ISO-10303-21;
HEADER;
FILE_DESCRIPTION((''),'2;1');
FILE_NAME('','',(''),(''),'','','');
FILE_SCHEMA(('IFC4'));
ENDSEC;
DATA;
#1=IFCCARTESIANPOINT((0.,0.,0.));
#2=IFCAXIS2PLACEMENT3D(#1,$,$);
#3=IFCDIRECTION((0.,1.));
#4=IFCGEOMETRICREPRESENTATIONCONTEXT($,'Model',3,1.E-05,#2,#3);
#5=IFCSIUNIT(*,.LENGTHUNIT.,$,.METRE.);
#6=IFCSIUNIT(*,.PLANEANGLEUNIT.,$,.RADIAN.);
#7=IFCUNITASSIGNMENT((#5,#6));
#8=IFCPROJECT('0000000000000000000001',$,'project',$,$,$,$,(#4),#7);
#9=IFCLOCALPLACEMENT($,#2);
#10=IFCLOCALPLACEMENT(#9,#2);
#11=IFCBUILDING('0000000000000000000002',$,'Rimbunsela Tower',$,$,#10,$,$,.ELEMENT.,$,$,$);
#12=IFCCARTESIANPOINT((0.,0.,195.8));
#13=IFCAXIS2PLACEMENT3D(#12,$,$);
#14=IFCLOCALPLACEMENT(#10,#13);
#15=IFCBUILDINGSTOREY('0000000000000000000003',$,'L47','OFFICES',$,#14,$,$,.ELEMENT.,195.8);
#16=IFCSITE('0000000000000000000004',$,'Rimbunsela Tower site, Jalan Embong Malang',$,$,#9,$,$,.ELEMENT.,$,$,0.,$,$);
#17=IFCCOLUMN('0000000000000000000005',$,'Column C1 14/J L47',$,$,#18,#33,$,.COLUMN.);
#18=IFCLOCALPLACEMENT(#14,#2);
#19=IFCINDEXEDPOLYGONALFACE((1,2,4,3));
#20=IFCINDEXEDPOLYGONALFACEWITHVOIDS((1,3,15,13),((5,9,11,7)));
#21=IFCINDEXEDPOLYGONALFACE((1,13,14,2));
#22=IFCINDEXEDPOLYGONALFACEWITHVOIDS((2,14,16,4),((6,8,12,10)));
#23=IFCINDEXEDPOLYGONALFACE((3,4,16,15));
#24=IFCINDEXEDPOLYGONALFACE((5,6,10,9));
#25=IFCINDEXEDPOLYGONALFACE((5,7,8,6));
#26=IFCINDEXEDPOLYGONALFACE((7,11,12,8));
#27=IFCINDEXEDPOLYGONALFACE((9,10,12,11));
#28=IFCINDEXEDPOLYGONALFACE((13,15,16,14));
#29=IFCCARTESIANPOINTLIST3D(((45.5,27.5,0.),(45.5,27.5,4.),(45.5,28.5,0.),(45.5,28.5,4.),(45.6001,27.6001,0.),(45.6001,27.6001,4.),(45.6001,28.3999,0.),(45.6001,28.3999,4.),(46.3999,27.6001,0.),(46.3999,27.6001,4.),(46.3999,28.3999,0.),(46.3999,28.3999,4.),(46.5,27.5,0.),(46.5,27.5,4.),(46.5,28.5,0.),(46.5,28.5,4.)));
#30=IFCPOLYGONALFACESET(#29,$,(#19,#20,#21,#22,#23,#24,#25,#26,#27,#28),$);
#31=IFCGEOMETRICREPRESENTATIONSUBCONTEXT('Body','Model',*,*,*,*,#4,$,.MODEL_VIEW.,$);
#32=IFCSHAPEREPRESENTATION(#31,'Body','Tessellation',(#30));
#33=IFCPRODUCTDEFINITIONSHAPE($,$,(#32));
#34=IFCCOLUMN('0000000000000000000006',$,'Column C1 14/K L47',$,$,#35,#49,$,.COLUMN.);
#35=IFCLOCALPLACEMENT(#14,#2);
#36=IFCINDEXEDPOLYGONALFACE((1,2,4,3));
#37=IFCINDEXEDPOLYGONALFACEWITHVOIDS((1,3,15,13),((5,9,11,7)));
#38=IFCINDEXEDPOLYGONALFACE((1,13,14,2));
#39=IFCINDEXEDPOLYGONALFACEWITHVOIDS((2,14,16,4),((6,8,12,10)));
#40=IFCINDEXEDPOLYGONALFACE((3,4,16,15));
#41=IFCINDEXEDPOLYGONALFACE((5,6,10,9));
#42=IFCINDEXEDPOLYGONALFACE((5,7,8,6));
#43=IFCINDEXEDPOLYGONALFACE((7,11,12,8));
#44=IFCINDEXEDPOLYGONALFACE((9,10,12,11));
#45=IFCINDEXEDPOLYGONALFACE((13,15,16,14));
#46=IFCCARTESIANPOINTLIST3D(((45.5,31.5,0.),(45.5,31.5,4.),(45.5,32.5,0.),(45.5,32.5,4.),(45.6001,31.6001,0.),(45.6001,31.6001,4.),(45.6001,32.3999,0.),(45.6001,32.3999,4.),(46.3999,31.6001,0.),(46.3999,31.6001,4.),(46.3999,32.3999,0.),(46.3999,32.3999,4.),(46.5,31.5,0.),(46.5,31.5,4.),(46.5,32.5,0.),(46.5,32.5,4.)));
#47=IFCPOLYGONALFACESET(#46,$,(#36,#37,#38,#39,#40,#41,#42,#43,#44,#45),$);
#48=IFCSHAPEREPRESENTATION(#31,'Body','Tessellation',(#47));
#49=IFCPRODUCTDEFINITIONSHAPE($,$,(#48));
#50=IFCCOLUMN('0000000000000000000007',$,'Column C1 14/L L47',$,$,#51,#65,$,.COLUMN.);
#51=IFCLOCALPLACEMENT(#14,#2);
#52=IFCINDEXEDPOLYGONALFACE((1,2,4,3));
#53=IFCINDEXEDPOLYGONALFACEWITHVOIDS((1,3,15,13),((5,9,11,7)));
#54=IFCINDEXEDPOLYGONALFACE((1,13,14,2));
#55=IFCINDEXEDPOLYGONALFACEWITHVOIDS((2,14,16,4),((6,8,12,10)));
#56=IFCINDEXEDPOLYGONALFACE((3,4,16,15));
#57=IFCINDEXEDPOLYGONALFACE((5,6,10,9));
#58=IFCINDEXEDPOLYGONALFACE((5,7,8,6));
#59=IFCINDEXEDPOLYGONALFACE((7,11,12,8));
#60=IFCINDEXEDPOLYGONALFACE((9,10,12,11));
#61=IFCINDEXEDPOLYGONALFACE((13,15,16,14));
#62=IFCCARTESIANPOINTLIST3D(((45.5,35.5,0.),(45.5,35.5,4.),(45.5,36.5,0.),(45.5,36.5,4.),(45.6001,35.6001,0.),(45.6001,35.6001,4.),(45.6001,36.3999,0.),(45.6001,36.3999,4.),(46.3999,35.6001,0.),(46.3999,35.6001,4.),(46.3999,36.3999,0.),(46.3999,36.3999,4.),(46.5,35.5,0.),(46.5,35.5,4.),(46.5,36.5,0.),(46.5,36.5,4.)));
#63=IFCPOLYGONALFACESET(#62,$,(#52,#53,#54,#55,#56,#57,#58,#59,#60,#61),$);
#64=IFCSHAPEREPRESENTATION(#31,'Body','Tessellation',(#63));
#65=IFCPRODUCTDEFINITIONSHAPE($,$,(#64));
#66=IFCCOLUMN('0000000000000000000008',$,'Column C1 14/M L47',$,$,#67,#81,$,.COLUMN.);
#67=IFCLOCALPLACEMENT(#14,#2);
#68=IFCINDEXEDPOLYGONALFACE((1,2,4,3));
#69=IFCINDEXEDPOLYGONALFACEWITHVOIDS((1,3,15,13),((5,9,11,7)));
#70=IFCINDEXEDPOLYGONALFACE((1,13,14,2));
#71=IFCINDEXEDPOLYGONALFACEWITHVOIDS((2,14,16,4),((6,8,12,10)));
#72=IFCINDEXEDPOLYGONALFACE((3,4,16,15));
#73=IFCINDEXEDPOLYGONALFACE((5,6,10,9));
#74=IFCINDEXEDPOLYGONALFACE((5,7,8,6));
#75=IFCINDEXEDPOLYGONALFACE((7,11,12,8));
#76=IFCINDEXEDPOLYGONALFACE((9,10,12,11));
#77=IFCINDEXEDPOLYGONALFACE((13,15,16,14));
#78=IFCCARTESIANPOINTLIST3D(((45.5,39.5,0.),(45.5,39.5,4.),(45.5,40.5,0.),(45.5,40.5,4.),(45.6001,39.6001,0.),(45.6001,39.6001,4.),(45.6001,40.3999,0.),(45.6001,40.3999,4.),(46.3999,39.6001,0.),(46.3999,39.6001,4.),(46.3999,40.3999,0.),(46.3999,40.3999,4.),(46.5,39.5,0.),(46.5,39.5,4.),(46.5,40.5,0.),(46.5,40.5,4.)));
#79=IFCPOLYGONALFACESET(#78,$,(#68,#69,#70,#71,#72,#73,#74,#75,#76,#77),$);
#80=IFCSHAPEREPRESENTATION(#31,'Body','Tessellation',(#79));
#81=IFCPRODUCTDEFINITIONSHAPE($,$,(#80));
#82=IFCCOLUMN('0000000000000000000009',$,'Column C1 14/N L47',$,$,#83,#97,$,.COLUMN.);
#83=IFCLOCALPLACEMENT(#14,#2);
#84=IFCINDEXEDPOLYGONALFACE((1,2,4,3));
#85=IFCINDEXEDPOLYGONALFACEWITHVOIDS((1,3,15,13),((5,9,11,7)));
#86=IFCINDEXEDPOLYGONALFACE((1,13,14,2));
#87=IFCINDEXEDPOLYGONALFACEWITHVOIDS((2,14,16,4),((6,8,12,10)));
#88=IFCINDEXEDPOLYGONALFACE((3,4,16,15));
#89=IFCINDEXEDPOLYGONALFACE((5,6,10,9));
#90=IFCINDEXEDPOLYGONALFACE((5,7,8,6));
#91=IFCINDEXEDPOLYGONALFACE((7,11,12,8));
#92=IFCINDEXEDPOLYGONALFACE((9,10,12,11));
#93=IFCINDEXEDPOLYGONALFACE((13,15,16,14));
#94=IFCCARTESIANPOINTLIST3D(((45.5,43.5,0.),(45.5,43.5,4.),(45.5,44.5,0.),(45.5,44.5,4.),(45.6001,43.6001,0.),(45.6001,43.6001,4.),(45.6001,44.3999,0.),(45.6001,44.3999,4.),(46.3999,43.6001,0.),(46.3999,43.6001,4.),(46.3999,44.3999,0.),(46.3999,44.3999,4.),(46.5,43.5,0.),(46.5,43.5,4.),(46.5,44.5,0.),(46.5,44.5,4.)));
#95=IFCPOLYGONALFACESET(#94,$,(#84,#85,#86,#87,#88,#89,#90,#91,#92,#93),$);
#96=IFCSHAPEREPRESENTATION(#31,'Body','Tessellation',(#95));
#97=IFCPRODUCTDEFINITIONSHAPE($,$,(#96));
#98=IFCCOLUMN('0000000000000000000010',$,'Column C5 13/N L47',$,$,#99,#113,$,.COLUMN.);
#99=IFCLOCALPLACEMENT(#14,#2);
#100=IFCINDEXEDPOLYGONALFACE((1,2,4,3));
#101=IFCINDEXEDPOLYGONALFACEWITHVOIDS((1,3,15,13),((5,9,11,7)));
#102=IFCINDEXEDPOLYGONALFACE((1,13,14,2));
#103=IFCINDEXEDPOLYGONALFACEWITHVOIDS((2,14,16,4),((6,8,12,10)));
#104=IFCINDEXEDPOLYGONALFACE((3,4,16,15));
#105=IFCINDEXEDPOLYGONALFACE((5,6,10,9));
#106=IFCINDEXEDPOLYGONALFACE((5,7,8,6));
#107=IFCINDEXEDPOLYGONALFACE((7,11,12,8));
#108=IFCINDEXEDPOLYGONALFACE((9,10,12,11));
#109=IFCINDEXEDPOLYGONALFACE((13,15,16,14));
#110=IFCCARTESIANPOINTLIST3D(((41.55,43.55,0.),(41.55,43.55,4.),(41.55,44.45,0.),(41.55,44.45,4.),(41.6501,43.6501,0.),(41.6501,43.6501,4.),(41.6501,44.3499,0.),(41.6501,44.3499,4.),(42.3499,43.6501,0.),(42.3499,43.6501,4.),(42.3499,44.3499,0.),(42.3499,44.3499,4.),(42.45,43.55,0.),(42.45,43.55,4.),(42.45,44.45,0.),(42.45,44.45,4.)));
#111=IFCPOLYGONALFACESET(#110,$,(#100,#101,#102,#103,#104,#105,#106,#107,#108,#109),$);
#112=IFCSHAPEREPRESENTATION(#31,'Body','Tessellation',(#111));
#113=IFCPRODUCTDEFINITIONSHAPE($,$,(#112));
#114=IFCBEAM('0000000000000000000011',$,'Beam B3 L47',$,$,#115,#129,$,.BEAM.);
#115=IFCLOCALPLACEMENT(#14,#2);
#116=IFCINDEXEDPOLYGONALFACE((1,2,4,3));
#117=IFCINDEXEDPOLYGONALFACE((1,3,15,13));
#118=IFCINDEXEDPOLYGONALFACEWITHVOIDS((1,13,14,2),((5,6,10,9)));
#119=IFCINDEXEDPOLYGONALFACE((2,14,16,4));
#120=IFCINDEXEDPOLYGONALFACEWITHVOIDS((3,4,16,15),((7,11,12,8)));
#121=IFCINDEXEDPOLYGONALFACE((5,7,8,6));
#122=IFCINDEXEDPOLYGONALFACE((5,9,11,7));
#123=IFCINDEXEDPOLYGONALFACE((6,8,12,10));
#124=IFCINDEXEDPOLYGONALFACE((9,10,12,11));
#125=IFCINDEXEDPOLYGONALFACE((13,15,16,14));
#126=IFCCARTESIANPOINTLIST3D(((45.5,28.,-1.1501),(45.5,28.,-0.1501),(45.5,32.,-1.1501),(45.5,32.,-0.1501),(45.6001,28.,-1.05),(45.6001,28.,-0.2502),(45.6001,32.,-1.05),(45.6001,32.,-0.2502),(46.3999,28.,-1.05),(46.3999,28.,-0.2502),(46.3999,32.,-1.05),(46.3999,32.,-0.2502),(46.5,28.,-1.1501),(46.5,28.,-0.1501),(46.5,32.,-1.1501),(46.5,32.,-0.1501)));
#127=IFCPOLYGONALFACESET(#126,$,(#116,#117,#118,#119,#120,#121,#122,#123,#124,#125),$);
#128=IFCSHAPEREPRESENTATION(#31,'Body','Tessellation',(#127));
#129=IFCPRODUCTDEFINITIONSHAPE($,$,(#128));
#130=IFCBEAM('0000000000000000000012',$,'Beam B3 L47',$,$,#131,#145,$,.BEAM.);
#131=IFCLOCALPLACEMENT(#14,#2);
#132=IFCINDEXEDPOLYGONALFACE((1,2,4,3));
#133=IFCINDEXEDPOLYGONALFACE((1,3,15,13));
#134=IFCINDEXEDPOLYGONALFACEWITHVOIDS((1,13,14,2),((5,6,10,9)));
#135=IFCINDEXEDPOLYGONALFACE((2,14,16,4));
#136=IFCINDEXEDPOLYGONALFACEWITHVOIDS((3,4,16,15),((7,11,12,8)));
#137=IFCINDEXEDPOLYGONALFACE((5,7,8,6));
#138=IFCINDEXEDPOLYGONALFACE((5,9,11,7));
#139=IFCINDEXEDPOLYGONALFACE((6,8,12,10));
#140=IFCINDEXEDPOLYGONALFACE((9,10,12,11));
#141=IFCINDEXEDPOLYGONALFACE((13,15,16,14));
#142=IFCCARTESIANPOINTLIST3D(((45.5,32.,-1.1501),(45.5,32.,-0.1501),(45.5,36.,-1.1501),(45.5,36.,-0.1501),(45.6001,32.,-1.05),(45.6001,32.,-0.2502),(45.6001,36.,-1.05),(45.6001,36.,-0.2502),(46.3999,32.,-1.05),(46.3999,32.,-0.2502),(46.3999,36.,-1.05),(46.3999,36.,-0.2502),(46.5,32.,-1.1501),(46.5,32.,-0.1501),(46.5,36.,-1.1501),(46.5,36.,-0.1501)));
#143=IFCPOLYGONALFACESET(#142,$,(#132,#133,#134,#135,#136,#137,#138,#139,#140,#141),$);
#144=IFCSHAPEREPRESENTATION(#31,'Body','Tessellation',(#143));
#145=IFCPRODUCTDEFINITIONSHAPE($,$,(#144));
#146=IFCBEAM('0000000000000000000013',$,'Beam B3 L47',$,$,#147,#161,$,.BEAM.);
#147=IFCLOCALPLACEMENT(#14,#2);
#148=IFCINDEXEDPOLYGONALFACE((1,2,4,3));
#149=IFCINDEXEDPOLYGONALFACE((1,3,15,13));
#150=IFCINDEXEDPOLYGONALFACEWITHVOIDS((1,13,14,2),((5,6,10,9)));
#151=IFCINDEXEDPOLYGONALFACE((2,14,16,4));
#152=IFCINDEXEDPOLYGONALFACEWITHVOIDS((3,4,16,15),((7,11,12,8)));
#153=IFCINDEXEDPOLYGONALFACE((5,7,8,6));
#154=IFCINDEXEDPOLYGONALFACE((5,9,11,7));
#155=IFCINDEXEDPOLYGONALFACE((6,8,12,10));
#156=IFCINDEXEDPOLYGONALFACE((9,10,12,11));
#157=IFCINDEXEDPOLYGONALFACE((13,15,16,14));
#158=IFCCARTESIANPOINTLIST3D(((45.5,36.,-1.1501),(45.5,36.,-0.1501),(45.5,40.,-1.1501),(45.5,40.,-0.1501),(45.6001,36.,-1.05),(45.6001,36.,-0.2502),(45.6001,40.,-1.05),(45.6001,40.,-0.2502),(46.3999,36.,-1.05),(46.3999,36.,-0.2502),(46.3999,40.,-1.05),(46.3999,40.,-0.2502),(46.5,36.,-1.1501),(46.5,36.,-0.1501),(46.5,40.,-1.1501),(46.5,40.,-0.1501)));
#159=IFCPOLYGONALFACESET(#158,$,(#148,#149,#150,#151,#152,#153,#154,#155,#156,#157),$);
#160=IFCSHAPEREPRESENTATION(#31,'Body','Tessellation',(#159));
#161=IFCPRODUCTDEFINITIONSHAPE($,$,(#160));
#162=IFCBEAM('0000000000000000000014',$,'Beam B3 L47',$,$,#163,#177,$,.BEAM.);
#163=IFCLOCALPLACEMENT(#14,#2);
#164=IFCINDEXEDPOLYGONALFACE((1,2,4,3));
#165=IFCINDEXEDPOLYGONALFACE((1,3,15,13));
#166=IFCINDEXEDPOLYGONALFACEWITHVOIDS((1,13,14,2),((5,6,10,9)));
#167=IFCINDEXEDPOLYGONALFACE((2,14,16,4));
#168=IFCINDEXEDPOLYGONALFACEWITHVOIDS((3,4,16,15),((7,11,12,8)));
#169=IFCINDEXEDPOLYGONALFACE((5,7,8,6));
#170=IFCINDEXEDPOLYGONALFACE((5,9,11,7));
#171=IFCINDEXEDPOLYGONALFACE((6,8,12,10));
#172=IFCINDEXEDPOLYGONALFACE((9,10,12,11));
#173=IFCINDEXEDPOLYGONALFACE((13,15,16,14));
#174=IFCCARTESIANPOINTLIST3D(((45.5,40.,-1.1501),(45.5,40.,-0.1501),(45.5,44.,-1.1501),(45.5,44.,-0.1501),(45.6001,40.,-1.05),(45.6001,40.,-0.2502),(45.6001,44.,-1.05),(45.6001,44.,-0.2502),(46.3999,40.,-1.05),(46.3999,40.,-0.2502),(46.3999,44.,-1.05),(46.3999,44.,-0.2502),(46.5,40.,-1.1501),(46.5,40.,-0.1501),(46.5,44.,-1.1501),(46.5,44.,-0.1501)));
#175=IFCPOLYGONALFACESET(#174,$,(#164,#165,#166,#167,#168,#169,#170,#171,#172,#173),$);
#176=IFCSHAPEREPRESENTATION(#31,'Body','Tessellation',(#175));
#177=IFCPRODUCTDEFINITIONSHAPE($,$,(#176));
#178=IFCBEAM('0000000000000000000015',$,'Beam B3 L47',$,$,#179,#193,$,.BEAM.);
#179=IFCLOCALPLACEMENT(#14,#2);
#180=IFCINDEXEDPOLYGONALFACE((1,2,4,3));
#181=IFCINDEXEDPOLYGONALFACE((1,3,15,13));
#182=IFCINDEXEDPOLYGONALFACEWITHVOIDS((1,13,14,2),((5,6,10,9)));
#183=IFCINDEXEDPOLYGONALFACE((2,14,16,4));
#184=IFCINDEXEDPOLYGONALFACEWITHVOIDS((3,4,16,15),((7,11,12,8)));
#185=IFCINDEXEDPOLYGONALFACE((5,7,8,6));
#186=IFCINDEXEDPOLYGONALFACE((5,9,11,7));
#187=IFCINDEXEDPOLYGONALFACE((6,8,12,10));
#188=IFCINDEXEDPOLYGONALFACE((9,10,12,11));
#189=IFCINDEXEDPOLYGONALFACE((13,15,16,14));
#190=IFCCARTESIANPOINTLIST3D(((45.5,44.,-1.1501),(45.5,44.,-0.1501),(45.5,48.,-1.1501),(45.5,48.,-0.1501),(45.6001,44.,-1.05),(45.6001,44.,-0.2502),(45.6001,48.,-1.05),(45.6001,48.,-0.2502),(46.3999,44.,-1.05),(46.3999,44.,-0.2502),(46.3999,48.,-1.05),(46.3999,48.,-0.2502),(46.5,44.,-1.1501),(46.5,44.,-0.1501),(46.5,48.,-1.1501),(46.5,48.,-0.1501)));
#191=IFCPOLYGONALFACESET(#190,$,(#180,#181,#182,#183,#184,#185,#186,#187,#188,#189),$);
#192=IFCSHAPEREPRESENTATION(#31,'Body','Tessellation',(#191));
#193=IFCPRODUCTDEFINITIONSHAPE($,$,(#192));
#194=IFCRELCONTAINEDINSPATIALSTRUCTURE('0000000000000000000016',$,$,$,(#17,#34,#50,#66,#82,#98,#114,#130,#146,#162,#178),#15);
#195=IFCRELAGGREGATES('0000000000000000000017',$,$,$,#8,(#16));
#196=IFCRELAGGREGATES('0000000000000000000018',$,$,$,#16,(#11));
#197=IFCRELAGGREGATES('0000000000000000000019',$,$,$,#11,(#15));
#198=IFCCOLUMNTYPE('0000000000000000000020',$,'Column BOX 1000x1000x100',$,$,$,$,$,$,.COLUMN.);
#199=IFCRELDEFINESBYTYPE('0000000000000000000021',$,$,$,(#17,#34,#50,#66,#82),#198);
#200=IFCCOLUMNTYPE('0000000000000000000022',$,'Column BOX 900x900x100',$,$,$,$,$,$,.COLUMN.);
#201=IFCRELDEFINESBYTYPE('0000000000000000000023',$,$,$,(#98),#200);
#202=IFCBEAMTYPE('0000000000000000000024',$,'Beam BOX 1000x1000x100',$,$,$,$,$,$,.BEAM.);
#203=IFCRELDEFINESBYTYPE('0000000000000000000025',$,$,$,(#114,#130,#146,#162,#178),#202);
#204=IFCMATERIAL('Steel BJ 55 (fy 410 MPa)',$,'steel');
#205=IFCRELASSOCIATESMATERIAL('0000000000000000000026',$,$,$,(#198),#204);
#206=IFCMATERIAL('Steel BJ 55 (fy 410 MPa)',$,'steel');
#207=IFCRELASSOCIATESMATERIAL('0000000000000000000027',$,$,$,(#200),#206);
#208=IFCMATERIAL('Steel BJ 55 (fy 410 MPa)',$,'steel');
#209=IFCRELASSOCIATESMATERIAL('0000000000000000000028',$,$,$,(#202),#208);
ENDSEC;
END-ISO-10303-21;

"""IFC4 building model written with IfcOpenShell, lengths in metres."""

from ifc_helpers import new_model, si_unit, direction, frame, origin, origin_2d, place, context, subcontext, project, spatial, hollow_rectangle, extrude, material, material_profile, profile_set, type_object, element, save


model = new_model("IFC4")

# Units and contexts
model_context = context("Model", 3, precision=1e-05, world=origin(), true_north=direction((0.0, 1.0)))
body_context = subcontext(model_context, "Body", "Model", "MODEL_VIEW")
ifc_project = project(units=[si_unit("LENGTHUNIT", "METRE"), si_unit("PLANEANGLEUNIT", "RADIAN")], contexts=[model_context])

# Site, building, storey
site_placement = place(None, origin())
site = spatial("IfcSite", under=ifc_project, at=site_placement, Name="Rimbunsela Tower site, Jalan Embong Malang", CompositionType="ELEMENT", RefElevation=0.0)
building_placement = place(site_placement, origin())
building = spatial("IfcBuilding", under=site, at=building_placement, Name="Rimbunsela Tower", CompositionType="ELEMENT")
storey_placement = place(building_placement, frame((0.0, 0.0, 195.8)))
storey = spatial("IfcBuildingStorey", under=building, at=storey_placement, Name="L47", Description="OFFICES", CompositionType="ELEMENT", Elevation=195.8)

# Columns
ifc_material_1 = material(Name="Steel BJ 55 (fy 410 MPa)", Category="steel")
ifc_material_profile_1 = material_profile(ifc_material_1, hollow_rectangle(XDim=1.0, YDim=1.0, WallThickness=0.1001, at=origin_2d()), Name="BOX 1000x1000x100")
ifc_profile_set_1 = profile_set([ifc_material_profile_1], Name="Steel BJ 55 (fy 410 MPa)")
column_type_1 = type_object("IfcColumnType", Name="Column BOX 1000x1000x100", PredefinedType="COLUMN", material=ifc_profile_set_1)
for number, where, z_axis, x_axis, name in (
    (1, (46.0, 28.0, 0.0), (0.0, 0.0, 1.0), (1.0, 0.0, 0.0), "Column C1 14/J L47"),
    (2, (46.0, 32.0, 0.0), (0.0, 0.0, 1.0), (1.0, 0.0, 0.0), "Column C1 14/K L47"),
    (3, (46.0, 36.0, 0.0), (0.0, 0.0, 1.0), (1.0, 0.0, 0.0), "Column C1 14/L L47"),
    (4, (46.0, 40.0, 0.0), (0.0, 0.0, 1.0), (1.0, 0.0, 0.0), "Column C1 14/M L47"),
    (5, (46.0, 44.0, 0.0), (0.0, 0.0, 1.0), (1.0, 0.0, 0.0), "Column C1 14/N L47"),
):
    element("IfcColumn", number, at=place(storey_placement, frame(where, z_axis=z_axis, x_axis=x_axis)), inside=storey, type_object=column_type_1, Name=name, PredefinedType="COLUMN", context=body_context, shape_type="SweptSolid", body=[
        extrude(hollow_rectangle(XDim=1.0, YDim=1.0, WallThickness=0.1001, at=origin_2d()), origin(), (0.0, 0.0, 1.0), 4.0),
    ])
ifc_material_2 = material(Name="Steel BJ 55 (fy 410 MPa)", Category="steel")
ifc_material_profile_2 = material_profile(ifc_material_2, hollow_rectangle(XDim=0.8999, YDim=0.8999, WallThickness=0.1001, at=origin_2d()), Name="BOX 900x900x100")
ifc_profile_set_2 = profile_set([ifc_material_profile_2], Name="Steel BJ 55 (fy 410 MPa)")
column_type_2 = type_object("IfcColumnType", Name="Column BOX 900x900x100", PredefinedType="COLUMN", material=ifc_profile_set_2)
column_placement = place(storey_placement, frame((42.0, 44.0, 0.0), z_axis=(0.0, 0.0, 1.0), x_axis=(1.0, 0.0, 0.0)))
element("IfcColumn", 6, at=column_placement, inside=storey, type_object=column_type_2, Name="Column C5 13/N L47", PredefinedType="COLUMN", context=body_context, shape_type="SweptSolid", body=[
    extrude(hollow_rectangle(XDim=0.8999, YDim=0.8999, WallThickness=0.1001, at=origin_2d()), origin(), (0.0, 0.0, 1.0), 4.0),
])

# Beams
ifc_material_3 = material(Name="Steel BJ 55 (fy 410 MPa)", Category="steel")
ifc_material_profile_3 = material_profile(ifc_material_3, hollow_rectangle(XDim=1.0, YDim=1.0, WallThickness=0.1001, at=origin_2d()), Name="BOX 1000x1000x100")
ifc_profile_set_3 = profile_set([ifc_material_profile_3], Name="Steel BJ 55 (fy 410 MPa)")
beam_type_1 = type_object("IfcBeamType", Name="Beam BOX 1000x1000x100", PredefinedType="BEAM", material=ifc_profile_set_3)
for number, where, z_axis, x_axis, name in (
    (7, (46.0, 28.0, -0.6501), (0.0, 1.0, 0.0), (-1.0, 0.0, 0.0), "Beam B3 L47"),
    (8, (46.0, 32.0, -0.6501), (0.0, 1.0, 0.0), (-1.0, 0.0, 0.0), "Beam B3 L47"),
    (9, (46.0, 36.0, -0.6501), (0.0, 1.0, 0.0), (-1.0, 0.0, 0.0), "Beam B3 L47"),
    (10, (46.0, 40.0, -0.6501), (0.0, 1.0, 0.0), (-1.0, 0.0, 0.0), "Beam B3 L47"),
    (11, (46.0, 44.0, -0.6501), (0.0, 1.0, 0.0), (-1.0, 0.0, 0.0), "Beam B3 L47"),
):
    element("IfcBeam", number, at=place(storey_placement, frame(where, z_axis=z_axis, x_axis=x_axis)), inside=storey, type_object=beam_type_1, Name=name, PredefinedType="BEAM", context=body_context, shape_type="SweptSolid", body=[
        extrude(hollow_rectangle(XDim=1.0, YDim=1.0, WallThickness=0.1001, at=origin_2d()), origin(), (0.0, 0.0, 1.0), 4.0),
    ])

save(model, "model.ifc")
